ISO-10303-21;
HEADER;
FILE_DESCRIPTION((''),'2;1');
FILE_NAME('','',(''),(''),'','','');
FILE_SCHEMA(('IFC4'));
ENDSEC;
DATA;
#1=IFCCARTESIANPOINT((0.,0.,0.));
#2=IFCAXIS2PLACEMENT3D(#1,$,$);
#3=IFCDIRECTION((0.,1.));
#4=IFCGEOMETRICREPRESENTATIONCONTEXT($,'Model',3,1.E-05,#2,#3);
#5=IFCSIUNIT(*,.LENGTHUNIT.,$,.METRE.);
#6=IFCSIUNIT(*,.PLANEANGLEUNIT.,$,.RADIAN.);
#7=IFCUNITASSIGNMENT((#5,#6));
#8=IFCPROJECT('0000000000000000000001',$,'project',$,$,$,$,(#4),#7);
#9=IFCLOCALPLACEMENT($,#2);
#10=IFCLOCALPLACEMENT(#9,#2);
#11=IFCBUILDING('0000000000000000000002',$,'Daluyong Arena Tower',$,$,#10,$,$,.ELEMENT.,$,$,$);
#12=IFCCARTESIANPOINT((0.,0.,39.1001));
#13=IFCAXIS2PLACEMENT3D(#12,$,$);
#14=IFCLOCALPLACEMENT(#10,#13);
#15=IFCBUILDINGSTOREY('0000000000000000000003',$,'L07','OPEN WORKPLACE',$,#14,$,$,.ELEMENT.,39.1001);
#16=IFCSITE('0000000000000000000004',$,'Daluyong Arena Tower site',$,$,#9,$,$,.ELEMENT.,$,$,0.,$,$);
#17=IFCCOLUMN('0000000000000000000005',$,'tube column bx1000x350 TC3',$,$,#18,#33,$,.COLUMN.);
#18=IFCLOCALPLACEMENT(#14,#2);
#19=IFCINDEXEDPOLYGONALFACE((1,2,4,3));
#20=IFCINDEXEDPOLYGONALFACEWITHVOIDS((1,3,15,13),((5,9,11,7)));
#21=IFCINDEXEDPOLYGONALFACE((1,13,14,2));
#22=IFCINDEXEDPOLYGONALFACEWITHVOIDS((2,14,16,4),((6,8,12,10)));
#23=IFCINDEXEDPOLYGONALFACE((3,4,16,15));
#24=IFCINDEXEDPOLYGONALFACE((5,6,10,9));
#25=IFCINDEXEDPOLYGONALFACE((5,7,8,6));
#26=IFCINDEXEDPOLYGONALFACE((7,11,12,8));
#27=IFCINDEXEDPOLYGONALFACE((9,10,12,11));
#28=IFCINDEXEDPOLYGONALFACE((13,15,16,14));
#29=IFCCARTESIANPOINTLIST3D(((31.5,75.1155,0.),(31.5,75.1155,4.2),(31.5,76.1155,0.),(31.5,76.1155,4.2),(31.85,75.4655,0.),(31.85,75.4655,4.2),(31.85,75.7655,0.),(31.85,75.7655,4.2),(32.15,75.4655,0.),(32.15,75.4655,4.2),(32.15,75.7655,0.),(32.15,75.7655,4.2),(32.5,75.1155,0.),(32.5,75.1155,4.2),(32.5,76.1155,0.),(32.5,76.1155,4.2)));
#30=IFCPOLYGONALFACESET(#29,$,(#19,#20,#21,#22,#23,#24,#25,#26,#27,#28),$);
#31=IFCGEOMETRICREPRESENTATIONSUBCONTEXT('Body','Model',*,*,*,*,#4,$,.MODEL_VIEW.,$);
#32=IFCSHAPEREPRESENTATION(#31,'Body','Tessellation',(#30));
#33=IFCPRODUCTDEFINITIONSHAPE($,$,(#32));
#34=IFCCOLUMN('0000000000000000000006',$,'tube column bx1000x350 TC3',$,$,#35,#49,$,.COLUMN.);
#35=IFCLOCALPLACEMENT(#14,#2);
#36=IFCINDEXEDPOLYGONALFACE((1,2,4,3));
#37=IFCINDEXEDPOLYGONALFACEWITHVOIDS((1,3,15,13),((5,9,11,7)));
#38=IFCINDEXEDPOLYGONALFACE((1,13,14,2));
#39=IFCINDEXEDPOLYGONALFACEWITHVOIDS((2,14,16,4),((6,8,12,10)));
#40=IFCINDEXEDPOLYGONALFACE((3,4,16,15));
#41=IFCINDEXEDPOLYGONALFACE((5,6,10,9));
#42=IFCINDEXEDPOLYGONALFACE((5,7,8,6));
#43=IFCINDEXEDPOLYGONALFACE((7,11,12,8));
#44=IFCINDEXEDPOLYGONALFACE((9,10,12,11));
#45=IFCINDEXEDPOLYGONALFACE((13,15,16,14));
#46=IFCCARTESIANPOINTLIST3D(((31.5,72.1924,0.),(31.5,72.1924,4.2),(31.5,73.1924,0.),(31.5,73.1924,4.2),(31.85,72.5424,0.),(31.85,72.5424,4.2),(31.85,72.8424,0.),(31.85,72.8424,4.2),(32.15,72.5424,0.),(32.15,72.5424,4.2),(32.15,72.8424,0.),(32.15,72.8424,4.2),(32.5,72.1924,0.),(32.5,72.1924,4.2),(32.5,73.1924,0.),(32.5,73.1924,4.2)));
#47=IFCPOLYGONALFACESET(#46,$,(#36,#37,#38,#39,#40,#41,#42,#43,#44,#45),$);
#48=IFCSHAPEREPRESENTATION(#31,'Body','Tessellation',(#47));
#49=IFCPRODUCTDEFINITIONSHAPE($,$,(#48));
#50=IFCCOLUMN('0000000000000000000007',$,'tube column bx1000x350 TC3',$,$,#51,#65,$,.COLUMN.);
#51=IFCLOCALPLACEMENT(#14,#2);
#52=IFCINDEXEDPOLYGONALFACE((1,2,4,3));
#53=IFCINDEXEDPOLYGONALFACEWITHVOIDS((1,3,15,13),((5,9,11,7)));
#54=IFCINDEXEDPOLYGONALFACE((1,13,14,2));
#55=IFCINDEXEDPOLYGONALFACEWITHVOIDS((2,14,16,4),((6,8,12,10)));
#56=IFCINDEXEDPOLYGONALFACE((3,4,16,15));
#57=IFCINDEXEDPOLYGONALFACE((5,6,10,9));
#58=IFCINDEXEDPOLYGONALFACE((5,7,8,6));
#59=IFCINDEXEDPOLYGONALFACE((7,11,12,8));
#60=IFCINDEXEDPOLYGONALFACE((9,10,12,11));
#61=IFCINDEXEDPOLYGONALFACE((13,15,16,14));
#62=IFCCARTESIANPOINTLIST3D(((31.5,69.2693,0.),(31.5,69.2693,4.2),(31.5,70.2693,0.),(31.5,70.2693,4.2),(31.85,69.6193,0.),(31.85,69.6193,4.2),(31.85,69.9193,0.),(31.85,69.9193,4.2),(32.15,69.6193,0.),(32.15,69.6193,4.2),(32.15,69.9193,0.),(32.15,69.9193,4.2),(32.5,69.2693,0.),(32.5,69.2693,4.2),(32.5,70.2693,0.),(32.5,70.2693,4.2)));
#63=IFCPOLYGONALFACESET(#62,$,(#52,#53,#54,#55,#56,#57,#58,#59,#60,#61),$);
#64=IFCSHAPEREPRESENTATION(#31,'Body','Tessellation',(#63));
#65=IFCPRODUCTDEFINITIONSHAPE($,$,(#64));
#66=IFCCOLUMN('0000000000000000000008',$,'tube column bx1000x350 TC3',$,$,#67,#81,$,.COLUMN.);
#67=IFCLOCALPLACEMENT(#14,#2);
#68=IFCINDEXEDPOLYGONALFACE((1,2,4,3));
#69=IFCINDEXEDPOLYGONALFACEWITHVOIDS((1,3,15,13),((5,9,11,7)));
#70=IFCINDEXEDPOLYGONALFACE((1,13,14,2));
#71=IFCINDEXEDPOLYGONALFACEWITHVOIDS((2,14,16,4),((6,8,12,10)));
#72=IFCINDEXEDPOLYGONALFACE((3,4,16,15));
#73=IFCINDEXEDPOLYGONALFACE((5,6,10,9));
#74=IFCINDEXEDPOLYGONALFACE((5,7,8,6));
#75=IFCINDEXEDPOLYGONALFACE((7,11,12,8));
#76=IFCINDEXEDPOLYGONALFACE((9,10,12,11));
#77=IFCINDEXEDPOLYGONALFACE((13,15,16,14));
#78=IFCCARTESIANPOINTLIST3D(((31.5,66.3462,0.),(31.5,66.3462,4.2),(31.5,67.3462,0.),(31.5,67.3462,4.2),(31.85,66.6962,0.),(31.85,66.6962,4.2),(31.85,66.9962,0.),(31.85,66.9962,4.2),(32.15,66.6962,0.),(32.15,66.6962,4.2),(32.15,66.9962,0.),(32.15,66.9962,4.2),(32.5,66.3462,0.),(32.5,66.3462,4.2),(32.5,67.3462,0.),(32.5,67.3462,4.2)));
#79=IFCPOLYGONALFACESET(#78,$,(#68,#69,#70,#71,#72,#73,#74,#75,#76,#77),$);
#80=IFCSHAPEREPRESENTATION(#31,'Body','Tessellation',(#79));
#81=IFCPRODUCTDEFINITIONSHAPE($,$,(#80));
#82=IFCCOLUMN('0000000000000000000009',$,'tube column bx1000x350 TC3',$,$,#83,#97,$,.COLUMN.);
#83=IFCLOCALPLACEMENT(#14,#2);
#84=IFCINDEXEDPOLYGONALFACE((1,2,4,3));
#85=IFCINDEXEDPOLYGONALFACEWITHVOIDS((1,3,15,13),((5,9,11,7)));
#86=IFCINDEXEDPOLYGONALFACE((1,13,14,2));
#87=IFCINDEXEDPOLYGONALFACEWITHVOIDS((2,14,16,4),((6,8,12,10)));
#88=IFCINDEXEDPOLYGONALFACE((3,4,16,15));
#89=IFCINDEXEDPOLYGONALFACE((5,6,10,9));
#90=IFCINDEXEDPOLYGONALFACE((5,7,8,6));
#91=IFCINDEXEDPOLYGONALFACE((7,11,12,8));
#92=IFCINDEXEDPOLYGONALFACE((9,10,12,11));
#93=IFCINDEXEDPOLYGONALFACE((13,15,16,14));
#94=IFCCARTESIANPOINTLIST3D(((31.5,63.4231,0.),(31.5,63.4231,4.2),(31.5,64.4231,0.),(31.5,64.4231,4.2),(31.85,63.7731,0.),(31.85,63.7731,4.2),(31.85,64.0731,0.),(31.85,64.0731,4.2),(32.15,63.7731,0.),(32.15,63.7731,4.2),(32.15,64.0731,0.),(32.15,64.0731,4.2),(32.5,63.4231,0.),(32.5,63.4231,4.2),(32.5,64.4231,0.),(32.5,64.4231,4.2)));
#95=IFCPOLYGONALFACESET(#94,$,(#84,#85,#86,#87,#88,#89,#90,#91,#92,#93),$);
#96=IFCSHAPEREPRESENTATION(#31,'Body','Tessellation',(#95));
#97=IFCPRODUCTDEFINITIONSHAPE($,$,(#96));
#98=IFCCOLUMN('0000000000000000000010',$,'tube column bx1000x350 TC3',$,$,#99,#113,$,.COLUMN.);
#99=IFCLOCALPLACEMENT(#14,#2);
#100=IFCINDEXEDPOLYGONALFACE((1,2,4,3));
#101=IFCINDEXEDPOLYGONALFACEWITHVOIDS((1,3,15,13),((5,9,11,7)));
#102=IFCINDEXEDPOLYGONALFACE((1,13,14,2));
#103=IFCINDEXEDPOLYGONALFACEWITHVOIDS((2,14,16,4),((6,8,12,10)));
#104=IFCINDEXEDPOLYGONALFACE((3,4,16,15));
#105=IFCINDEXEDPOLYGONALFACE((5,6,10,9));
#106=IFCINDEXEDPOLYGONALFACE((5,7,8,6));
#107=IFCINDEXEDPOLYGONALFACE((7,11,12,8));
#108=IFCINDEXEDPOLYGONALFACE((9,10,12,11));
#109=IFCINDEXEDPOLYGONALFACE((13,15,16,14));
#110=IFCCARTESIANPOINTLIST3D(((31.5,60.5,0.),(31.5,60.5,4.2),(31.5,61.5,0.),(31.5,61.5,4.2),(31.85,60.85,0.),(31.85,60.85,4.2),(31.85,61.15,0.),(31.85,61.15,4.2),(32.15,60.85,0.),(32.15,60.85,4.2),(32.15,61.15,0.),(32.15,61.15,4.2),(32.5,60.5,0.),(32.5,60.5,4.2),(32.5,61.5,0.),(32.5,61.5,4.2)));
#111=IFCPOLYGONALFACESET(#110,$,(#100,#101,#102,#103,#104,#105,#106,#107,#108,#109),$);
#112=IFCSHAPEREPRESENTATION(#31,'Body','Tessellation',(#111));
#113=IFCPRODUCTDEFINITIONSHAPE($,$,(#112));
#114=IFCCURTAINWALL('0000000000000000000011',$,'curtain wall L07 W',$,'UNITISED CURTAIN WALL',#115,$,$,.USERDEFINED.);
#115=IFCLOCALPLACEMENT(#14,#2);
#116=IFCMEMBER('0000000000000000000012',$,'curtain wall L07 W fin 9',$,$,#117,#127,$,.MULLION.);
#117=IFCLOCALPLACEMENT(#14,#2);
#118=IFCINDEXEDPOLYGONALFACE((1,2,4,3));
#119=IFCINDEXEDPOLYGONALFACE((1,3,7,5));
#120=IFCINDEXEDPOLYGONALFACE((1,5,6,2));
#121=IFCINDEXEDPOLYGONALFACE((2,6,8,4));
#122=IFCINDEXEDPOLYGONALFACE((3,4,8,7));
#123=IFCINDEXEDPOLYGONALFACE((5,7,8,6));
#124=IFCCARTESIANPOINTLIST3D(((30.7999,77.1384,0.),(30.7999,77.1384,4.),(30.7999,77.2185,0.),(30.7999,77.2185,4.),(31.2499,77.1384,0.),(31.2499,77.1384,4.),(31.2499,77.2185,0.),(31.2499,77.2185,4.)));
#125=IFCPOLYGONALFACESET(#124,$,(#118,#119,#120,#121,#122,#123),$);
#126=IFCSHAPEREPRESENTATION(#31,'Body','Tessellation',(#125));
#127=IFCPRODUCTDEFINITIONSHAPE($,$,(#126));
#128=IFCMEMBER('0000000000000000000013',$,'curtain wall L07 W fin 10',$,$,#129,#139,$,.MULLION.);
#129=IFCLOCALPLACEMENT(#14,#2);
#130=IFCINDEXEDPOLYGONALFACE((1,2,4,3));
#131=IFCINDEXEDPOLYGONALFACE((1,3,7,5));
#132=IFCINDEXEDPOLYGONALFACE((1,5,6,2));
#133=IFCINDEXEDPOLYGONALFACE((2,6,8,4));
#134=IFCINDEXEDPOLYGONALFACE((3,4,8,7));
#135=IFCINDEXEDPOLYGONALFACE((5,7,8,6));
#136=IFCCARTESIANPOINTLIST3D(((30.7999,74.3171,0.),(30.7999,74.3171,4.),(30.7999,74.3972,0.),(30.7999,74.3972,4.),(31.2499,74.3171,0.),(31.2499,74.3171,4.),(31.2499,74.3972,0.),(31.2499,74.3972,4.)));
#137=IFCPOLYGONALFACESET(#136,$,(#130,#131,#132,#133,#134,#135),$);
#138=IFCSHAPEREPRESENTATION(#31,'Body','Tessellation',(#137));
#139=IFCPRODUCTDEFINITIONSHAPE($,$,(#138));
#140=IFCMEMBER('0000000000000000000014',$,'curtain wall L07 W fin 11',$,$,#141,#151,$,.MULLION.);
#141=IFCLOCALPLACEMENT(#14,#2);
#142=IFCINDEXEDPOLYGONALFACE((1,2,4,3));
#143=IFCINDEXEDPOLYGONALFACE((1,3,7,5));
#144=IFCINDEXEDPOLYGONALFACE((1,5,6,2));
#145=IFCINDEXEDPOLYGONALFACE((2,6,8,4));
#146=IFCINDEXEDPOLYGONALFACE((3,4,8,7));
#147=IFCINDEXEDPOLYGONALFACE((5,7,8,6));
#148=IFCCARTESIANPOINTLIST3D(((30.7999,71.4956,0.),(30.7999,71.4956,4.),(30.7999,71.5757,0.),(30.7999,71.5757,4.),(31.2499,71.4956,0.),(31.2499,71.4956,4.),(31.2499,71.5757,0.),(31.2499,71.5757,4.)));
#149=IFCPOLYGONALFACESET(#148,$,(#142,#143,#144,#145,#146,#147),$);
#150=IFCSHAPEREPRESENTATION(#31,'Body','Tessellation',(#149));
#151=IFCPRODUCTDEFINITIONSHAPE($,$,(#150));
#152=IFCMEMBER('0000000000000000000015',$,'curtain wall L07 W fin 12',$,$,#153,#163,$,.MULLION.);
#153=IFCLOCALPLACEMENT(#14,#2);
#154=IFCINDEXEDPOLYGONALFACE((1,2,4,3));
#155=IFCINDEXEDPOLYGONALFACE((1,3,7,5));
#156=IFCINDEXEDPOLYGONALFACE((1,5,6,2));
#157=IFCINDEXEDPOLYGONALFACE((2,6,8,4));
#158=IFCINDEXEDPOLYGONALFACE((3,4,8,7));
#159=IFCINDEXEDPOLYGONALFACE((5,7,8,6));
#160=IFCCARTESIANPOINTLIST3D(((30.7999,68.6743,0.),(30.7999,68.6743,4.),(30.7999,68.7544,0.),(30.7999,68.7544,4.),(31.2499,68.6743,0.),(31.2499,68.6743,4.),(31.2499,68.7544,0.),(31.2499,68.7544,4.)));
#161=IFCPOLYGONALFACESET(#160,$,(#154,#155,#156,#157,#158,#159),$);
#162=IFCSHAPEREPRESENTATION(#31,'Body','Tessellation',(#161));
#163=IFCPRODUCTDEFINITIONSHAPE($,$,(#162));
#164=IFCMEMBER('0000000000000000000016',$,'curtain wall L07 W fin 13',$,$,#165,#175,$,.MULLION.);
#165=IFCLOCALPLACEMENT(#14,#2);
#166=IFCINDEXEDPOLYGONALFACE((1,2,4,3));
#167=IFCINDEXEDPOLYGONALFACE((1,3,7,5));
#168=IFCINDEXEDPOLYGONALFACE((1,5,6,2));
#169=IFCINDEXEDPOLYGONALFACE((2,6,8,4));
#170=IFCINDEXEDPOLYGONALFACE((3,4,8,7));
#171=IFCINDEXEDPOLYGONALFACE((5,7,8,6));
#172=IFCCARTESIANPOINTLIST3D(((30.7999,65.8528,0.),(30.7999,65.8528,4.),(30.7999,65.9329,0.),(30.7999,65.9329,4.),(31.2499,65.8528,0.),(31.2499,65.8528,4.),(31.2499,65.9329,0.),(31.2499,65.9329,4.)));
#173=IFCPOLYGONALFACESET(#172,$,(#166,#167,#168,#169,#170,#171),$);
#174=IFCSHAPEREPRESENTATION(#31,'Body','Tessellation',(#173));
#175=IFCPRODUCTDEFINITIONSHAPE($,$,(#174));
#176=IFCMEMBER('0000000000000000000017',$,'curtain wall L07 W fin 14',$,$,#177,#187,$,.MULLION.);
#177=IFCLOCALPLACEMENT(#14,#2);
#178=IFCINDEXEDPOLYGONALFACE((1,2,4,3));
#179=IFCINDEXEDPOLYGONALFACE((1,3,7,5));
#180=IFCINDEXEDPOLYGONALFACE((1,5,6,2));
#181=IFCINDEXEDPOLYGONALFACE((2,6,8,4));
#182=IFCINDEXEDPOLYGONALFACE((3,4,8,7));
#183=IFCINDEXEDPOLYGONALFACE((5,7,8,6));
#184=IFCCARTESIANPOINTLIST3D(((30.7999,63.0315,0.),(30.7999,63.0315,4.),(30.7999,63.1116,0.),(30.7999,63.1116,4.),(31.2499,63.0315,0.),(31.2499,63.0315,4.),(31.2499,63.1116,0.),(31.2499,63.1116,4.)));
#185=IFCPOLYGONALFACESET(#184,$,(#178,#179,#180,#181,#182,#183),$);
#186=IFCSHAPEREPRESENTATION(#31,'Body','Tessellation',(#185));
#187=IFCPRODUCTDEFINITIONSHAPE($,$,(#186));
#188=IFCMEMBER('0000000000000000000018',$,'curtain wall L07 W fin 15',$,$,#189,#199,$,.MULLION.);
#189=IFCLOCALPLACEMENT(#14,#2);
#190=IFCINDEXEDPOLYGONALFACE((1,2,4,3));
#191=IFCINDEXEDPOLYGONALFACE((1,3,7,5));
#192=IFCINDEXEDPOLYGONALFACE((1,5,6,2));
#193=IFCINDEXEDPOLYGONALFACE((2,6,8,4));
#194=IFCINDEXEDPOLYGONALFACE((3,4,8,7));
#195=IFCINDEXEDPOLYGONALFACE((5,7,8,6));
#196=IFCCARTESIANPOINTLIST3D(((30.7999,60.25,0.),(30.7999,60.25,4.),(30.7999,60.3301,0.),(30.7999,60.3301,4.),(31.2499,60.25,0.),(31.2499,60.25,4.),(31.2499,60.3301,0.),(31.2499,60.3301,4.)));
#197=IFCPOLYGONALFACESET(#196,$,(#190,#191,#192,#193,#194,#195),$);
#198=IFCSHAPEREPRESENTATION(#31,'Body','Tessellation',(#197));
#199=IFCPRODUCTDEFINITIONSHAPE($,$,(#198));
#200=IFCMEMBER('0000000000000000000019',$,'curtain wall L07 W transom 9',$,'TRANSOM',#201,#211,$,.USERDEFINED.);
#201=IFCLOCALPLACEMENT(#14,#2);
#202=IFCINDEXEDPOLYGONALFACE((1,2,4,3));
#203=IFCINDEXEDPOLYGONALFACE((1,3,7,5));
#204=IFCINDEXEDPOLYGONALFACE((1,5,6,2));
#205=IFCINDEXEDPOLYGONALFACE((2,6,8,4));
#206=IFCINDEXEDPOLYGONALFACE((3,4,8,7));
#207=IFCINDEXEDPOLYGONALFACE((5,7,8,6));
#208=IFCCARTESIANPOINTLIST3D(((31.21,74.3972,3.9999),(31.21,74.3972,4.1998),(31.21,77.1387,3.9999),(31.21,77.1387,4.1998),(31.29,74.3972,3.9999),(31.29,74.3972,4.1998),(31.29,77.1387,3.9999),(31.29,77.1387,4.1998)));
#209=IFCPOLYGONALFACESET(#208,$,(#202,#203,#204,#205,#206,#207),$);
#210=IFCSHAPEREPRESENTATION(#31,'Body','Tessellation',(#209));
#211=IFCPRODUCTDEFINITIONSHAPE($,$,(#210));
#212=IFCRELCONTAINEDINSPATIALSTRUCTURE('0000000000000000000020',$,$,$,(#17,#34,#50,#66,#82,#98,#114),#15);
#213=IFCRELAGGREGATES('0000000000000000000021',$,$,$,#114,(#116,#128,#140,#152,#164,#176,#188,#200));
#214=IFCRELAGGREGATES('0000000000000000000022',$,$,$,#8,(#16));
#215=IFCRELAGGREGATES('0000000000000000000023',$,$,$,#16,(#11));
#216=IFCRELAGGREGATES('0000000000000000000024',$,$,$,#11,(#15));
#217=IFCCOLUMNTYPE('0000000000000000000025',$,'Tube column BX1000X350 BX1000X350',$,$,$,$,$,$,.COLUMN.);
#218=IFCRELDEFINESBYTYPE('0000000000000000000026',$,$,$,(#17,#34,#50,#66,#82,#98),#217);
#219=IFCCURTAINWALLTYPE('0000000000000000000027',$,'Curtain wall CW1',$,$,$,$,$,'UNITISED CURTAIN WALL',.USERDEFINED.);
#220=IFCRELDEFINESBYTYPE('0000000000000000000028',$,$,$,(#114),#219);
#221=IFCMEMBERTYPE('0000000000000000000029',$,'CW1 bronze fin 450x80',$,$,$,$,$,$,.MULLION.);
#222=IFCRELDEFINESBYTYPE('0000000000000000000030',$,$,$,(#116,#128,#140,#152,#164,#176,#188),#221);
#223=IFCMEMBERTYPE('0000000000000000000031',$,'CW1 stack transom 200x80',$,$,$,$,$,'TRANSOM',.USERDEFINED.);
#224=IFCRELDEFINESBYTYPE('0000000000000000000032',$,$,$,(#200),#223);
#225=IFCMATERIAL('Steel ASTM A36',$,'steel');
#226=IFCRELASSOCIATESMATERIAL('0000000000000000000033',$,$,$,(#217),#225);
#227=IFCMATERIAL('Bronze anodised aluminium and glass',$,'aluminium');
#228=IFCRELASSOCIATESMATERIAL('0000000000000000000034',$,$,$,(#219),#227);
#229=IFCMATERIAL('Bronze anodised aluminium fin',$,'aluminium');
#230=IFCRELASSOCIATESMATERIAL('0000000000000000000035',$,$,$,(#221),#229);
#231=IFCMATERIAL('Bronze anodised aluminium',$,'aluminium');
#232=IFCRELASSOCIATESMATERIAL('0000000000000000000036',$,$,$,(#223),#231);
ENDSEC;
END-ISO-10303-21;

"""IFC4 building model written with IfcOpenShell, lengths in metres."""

from ifc_helpers import new_model, si_unit, direction, frame, origin, origin_2d, place, context, subcontext, project, spatial, rectangle, hollow_rectangle, extrude, material, material_profile, profile_set, type_object, element, aggregate, save


model = new_model("IFC4")

# Units and contexts
model_context = context("Model", 3, precision=1e-05, world=origin(), true_north=direction((0.0, 1.0)))
body_context = subcontext(model_context, "Body", "Model", "MODEL_VIEW")
ifc_project = project(units=[si_unit("LENGTHUNIT", "METRE"), si_unit("PLANEANGLEUNIT", "RADIAN")], contexts=[model_context])

# Site, building, storey
site_placement = place(None, origin())
site = spatial("IfcSite", under=ifc_project, at=site_placement, Name="Daluyong Arena Tower site", CompositionType="ELEMENT", RefElevation=0.0)
building_placement = place(site_placement, origin())
building = spatial("IfcBuilding", under=site, at=building_placement, Name="Daluyong Arena Tower", CompositionType="ELEMENT")
storey_placement = place(building_placement, frame((0.0, 0.0, 39.1001)))
storey = spatial("IfcBuildingStorey", under=building, at=storey_placement, Name="L07", Description="OPEN WORKPLACE", CompositionType="ELEMENT", Elevation=39.1001)

# Columns
ifc_material_1 = material(Name="Steel ASTM A36", Category="steel")
ifc_material_profile_1 = material_profile(ifc_material_1, hollow_rectangle(XDim=1.0, YDim=1.0, WallThickness=0.35, at=origin_2d()))
ifc_profile_set_1 = profile_set([ifc_material_profile_1], Name="Steel ASTM A36")
column_type = type_object("IfcColumnType", Name="Tube column BX1000X350 BX1000X350", PredefinedType="COLUMN", material=ifc_profile_set_1)
for number, where, z_axis, x_axis, name in (
    (1, (32.0, 75.6155, 0.0), (0.0, 0.0, 1.0), (0.0, 1.0, 0.0), "tube column bx1000x350 TC3"),
    (2, (32.0, 72.6924, 0.0), (0.0, 0.0, 1.0), (0.0, 1.0, 0.0), "tube column bx1000x350 TC3"),
    (3, (32.0, 69.7693, 0.0), (0.0, 0.0, 1.0), (0.0, 1.0, 0.0), "tube column bx1000x350 TC3"),
    (4, (32.0, 66.8462, 0.0), (0.0, 0.0, 1.0), (0.0, 1.0, 0.0), "tube column bx1000x350 TC3"),
    (5, (32.0, 63.9231, 0.0), (0.0, 0.0, 1.0), (0.0, 1.0, 0.0), "tube column bx1000x350 TC3"),
    (6, (32.0, 61.0, 0.0), (0.0, 0.0, 1.0), (1.0, 0.0, 0.0), "tube column bx1000x350 TC3"),
):
    element("IfcColumn", number, at=place(storey_placement, frame(where, z_axis=z_axis, x_axis=x_axis)), inside=storey, type_object=column_type, Name=name, PredefinedType="COLUMN", context=body_context, shape_type="SweptSolid", body=[
        extrude(hollow_rectangle(XDim=1.0, YDim=1.0, WallThickness=0.35, at=origin_2d()), origin(), (0.0, 0.0, 1.0), 4.2),
    ])

# Curtain wall, members
ifc_material_2 = material(Name="Bronze anodised aluminium and glass", Category="aluminium")
curtain_wall_type_1 = type_object("IfcCurtainWallType", Name="Curtain wall CW1", ElementType="UNITISED CURTAIN WALL", PredefinedType="USERDEFINED", material=ifc_material_2)
curtain_wall_1_placement = place(storey_placement, origin())
curtain_wall_1 = element("IfcCurtainWall", 7, at=curtain_wall_1_placement, inside=storey, type_object=curtain_wall_type_1, Name="curtain wall L07 W", ObjectType="UNITISED CURTAIN WALL", PredefinedType="USERDEFINED")
ifc_material_3 = material(Name="Bronze anodised aluminium fin", Category="aluminium")
ifc_material_profile_2 = material_profile(ifc_material_3, rectangle(XDim=0.45, YDim=0.0801, at=origin_2d()))
ifc_profile_set_2 = profile_set([ifc_material_profile_2], Name="Bronze anodised aluminium fin")
member_type_1 = type_object("IfcMemberType", Name="CW1 bronze fin 450x80", PredefinedType="MULLION", material=ifc_profile_set_2)
member_1_placement = place(storey_placement, frame((31.0249, 77.1785, 0.0), z_axis=(0.0, 0.0, 1.0), x_axis=(1.0, 0.0, 0.0)))
member_1 = element("IfcMember", 8, at=member_1_placement, type_object=member_type_1, Name="curtain wall L07 W fin 9", PredefinedType="MULLION", context=body_context, shape_type="SweptSolid", body=[
    extrude(rectangle(XDim=0.45, YDim=0.0801, at=origin_2d()), origin(), (0.0, 0.0, 1.0), 4.0),
])
member_2_placement = place(storey_placement, frame((31.0249, 74.3572, 0.0), z_axis=(0.0, 0.0, 1.0), x_axis=(1.0, 0.0, 0.0)))
member_2 = element("IfcMember", 9, at=member_2_placement, type_object=member_type_1, Name="curtain wall L07 W fin 10", PredefinedType="MULLION", context=body_context, shape_type="SweptSolid", body=[
    extrude(rectangle(XDim=0.45, YDim=0.0801, at=origin_2d()), origin(), (0.0, 0.0, 1.0), 4.0),
])
member_3_placement = place(storey_placement, frame((31.0249, 71.5356, 0.0), z_axis=(0.0, 0.0, 1.0), x_axis=(1.0, 0.0, 0.0)))
member_3 = element("IfcMember", 10, at=member_3_placement, type_object=member_type_1, Name="curtain wall L07 W fin 11", PredefinedType="MULLION", context=body_context, shape_type="SweptSolid", body=[
    extrude(rectangle(XDim=0.45, YDim=0.0801, at=origin_2d()), origin(), (0.0, 0.0, 1.0), 4.0),
])
member_4_placement = place(storey_placement, frame((31.0249, 68.7144, 0.0), z_axis=(0.0, 0.0, 1.0), x_axis=(1.0, 0.0, 0.0)))
member_4 = element("IfcMember", 11, at=member_4_placement, type_object=member_type_1, Name="curtain wall L07 W fin 12", PredefinedType="MULLION", context=body_context, shape_type="SweptSolid", body=[
    extrude(rectangle(XDim=0.45, YDim=0.0801, at=origin_2d()), origin(), (0.0, 0.0, 1.0), 4.0),
])
member_5_placement = place(storey_placement, frame((31.0249, 65.8928, 0.0), z_axis=(0.0, 0.0, 1.0), x_axis=(1.0, 0.0, 0.0)))
member_5 = element("IfcMember", 12, at=member_5_placement, type_object=member_type_1, Name="curtain wall L07 W fin 13", PredefinedType="MULLION", context=body_context, shape_type="SweptSolid", body=[
    extrude(rectangle(XDim=0.45, YDim=0.0801, at=origin_2d()), origin(), (0.0, 0.0, 1.0), 4.0),
])
member_6_placement = place(storey_placement, frame((31.0249, 63.0715, 0.0), z_axis=(0.0, 0.0, 1.0), x_axis=(1.0, 0.0, 0.0)))
member_6 = element("IfcMember", 13, at=member_6_placement, type_object=member_type_1, Name="curtain wall L07 W fin 14", PredefinedType="MULLION", context=body_context, shape_type="SweptSolid", body=[
    extrude(rectangle(XDim=0.45, YDim=0.0801, at=origin_2d()), origin(), (0.0, 0.0, 1.0), 4.0),
])
member_7_placement = place(storey_placement, frame((31.0249, 60.29, 0.0), z_axis=(0.0, 0.0, 1.0), x_axis=(1.0, 0.0, 0.0)))
member_7 = element("IfcMember", 14, at=member_7_placement, type_object=member_type_1, Name="curtain wall L07 W fin 15", PredefinedType="MULLION", context=body_context, shape_type="SweptSolid", body=[
    extrude(rectangle(XDim=0.45, YDim=0.0801, at=origin_2d()), origin(), (0.0, 0.0, 1.0), 4.0),
])
ifc_material_4 = material(Name="Bronze anodised aluminium", Category="aluminium")
ifc_material_profile_3 = material_profile(ifc_material_4, rectangle(XDim=0.0801, YDim=0.2, at=origin_2d()))
ifc_profile_set_3 = profile_set([ifc_material_profile_3], Name="Bronze anodised aluminium")
member_type_2 = type_object("IfcMemberType", Name="CW1 stack transom 200x80", ElementType="TRANSOM", PredefinedType="USERDEFINED", material=ifc_profile_set_3)
member_8_placement = place(storey_placement, frame((31.25, 77.1387, 4.0999), z_axis=(0.0, -1.0, 0.0), x_axis=(1.0, 0.0, 0.0)))
member_8 = element("IfcMember", 15, at=member_8_placement, type_object=member_type_2, Name="curtain wall L07 W transom 9", ObjectType="TRANSOM", PredefinedType="USERDEFINED", context=body_context, shape_type="SweptSolid", body=[
    extrude(rectangle(XDim=0.0801, YDim=0.2, at=origin_2d()), origin(), (0.0, 0.0, 1.0), 2.7415),
])

aggregate(curtain_wall_1, [member_1, member_2, member_3, member_4, member_5, member_6, member_7, member_8])

save(model, "model.ifc")
